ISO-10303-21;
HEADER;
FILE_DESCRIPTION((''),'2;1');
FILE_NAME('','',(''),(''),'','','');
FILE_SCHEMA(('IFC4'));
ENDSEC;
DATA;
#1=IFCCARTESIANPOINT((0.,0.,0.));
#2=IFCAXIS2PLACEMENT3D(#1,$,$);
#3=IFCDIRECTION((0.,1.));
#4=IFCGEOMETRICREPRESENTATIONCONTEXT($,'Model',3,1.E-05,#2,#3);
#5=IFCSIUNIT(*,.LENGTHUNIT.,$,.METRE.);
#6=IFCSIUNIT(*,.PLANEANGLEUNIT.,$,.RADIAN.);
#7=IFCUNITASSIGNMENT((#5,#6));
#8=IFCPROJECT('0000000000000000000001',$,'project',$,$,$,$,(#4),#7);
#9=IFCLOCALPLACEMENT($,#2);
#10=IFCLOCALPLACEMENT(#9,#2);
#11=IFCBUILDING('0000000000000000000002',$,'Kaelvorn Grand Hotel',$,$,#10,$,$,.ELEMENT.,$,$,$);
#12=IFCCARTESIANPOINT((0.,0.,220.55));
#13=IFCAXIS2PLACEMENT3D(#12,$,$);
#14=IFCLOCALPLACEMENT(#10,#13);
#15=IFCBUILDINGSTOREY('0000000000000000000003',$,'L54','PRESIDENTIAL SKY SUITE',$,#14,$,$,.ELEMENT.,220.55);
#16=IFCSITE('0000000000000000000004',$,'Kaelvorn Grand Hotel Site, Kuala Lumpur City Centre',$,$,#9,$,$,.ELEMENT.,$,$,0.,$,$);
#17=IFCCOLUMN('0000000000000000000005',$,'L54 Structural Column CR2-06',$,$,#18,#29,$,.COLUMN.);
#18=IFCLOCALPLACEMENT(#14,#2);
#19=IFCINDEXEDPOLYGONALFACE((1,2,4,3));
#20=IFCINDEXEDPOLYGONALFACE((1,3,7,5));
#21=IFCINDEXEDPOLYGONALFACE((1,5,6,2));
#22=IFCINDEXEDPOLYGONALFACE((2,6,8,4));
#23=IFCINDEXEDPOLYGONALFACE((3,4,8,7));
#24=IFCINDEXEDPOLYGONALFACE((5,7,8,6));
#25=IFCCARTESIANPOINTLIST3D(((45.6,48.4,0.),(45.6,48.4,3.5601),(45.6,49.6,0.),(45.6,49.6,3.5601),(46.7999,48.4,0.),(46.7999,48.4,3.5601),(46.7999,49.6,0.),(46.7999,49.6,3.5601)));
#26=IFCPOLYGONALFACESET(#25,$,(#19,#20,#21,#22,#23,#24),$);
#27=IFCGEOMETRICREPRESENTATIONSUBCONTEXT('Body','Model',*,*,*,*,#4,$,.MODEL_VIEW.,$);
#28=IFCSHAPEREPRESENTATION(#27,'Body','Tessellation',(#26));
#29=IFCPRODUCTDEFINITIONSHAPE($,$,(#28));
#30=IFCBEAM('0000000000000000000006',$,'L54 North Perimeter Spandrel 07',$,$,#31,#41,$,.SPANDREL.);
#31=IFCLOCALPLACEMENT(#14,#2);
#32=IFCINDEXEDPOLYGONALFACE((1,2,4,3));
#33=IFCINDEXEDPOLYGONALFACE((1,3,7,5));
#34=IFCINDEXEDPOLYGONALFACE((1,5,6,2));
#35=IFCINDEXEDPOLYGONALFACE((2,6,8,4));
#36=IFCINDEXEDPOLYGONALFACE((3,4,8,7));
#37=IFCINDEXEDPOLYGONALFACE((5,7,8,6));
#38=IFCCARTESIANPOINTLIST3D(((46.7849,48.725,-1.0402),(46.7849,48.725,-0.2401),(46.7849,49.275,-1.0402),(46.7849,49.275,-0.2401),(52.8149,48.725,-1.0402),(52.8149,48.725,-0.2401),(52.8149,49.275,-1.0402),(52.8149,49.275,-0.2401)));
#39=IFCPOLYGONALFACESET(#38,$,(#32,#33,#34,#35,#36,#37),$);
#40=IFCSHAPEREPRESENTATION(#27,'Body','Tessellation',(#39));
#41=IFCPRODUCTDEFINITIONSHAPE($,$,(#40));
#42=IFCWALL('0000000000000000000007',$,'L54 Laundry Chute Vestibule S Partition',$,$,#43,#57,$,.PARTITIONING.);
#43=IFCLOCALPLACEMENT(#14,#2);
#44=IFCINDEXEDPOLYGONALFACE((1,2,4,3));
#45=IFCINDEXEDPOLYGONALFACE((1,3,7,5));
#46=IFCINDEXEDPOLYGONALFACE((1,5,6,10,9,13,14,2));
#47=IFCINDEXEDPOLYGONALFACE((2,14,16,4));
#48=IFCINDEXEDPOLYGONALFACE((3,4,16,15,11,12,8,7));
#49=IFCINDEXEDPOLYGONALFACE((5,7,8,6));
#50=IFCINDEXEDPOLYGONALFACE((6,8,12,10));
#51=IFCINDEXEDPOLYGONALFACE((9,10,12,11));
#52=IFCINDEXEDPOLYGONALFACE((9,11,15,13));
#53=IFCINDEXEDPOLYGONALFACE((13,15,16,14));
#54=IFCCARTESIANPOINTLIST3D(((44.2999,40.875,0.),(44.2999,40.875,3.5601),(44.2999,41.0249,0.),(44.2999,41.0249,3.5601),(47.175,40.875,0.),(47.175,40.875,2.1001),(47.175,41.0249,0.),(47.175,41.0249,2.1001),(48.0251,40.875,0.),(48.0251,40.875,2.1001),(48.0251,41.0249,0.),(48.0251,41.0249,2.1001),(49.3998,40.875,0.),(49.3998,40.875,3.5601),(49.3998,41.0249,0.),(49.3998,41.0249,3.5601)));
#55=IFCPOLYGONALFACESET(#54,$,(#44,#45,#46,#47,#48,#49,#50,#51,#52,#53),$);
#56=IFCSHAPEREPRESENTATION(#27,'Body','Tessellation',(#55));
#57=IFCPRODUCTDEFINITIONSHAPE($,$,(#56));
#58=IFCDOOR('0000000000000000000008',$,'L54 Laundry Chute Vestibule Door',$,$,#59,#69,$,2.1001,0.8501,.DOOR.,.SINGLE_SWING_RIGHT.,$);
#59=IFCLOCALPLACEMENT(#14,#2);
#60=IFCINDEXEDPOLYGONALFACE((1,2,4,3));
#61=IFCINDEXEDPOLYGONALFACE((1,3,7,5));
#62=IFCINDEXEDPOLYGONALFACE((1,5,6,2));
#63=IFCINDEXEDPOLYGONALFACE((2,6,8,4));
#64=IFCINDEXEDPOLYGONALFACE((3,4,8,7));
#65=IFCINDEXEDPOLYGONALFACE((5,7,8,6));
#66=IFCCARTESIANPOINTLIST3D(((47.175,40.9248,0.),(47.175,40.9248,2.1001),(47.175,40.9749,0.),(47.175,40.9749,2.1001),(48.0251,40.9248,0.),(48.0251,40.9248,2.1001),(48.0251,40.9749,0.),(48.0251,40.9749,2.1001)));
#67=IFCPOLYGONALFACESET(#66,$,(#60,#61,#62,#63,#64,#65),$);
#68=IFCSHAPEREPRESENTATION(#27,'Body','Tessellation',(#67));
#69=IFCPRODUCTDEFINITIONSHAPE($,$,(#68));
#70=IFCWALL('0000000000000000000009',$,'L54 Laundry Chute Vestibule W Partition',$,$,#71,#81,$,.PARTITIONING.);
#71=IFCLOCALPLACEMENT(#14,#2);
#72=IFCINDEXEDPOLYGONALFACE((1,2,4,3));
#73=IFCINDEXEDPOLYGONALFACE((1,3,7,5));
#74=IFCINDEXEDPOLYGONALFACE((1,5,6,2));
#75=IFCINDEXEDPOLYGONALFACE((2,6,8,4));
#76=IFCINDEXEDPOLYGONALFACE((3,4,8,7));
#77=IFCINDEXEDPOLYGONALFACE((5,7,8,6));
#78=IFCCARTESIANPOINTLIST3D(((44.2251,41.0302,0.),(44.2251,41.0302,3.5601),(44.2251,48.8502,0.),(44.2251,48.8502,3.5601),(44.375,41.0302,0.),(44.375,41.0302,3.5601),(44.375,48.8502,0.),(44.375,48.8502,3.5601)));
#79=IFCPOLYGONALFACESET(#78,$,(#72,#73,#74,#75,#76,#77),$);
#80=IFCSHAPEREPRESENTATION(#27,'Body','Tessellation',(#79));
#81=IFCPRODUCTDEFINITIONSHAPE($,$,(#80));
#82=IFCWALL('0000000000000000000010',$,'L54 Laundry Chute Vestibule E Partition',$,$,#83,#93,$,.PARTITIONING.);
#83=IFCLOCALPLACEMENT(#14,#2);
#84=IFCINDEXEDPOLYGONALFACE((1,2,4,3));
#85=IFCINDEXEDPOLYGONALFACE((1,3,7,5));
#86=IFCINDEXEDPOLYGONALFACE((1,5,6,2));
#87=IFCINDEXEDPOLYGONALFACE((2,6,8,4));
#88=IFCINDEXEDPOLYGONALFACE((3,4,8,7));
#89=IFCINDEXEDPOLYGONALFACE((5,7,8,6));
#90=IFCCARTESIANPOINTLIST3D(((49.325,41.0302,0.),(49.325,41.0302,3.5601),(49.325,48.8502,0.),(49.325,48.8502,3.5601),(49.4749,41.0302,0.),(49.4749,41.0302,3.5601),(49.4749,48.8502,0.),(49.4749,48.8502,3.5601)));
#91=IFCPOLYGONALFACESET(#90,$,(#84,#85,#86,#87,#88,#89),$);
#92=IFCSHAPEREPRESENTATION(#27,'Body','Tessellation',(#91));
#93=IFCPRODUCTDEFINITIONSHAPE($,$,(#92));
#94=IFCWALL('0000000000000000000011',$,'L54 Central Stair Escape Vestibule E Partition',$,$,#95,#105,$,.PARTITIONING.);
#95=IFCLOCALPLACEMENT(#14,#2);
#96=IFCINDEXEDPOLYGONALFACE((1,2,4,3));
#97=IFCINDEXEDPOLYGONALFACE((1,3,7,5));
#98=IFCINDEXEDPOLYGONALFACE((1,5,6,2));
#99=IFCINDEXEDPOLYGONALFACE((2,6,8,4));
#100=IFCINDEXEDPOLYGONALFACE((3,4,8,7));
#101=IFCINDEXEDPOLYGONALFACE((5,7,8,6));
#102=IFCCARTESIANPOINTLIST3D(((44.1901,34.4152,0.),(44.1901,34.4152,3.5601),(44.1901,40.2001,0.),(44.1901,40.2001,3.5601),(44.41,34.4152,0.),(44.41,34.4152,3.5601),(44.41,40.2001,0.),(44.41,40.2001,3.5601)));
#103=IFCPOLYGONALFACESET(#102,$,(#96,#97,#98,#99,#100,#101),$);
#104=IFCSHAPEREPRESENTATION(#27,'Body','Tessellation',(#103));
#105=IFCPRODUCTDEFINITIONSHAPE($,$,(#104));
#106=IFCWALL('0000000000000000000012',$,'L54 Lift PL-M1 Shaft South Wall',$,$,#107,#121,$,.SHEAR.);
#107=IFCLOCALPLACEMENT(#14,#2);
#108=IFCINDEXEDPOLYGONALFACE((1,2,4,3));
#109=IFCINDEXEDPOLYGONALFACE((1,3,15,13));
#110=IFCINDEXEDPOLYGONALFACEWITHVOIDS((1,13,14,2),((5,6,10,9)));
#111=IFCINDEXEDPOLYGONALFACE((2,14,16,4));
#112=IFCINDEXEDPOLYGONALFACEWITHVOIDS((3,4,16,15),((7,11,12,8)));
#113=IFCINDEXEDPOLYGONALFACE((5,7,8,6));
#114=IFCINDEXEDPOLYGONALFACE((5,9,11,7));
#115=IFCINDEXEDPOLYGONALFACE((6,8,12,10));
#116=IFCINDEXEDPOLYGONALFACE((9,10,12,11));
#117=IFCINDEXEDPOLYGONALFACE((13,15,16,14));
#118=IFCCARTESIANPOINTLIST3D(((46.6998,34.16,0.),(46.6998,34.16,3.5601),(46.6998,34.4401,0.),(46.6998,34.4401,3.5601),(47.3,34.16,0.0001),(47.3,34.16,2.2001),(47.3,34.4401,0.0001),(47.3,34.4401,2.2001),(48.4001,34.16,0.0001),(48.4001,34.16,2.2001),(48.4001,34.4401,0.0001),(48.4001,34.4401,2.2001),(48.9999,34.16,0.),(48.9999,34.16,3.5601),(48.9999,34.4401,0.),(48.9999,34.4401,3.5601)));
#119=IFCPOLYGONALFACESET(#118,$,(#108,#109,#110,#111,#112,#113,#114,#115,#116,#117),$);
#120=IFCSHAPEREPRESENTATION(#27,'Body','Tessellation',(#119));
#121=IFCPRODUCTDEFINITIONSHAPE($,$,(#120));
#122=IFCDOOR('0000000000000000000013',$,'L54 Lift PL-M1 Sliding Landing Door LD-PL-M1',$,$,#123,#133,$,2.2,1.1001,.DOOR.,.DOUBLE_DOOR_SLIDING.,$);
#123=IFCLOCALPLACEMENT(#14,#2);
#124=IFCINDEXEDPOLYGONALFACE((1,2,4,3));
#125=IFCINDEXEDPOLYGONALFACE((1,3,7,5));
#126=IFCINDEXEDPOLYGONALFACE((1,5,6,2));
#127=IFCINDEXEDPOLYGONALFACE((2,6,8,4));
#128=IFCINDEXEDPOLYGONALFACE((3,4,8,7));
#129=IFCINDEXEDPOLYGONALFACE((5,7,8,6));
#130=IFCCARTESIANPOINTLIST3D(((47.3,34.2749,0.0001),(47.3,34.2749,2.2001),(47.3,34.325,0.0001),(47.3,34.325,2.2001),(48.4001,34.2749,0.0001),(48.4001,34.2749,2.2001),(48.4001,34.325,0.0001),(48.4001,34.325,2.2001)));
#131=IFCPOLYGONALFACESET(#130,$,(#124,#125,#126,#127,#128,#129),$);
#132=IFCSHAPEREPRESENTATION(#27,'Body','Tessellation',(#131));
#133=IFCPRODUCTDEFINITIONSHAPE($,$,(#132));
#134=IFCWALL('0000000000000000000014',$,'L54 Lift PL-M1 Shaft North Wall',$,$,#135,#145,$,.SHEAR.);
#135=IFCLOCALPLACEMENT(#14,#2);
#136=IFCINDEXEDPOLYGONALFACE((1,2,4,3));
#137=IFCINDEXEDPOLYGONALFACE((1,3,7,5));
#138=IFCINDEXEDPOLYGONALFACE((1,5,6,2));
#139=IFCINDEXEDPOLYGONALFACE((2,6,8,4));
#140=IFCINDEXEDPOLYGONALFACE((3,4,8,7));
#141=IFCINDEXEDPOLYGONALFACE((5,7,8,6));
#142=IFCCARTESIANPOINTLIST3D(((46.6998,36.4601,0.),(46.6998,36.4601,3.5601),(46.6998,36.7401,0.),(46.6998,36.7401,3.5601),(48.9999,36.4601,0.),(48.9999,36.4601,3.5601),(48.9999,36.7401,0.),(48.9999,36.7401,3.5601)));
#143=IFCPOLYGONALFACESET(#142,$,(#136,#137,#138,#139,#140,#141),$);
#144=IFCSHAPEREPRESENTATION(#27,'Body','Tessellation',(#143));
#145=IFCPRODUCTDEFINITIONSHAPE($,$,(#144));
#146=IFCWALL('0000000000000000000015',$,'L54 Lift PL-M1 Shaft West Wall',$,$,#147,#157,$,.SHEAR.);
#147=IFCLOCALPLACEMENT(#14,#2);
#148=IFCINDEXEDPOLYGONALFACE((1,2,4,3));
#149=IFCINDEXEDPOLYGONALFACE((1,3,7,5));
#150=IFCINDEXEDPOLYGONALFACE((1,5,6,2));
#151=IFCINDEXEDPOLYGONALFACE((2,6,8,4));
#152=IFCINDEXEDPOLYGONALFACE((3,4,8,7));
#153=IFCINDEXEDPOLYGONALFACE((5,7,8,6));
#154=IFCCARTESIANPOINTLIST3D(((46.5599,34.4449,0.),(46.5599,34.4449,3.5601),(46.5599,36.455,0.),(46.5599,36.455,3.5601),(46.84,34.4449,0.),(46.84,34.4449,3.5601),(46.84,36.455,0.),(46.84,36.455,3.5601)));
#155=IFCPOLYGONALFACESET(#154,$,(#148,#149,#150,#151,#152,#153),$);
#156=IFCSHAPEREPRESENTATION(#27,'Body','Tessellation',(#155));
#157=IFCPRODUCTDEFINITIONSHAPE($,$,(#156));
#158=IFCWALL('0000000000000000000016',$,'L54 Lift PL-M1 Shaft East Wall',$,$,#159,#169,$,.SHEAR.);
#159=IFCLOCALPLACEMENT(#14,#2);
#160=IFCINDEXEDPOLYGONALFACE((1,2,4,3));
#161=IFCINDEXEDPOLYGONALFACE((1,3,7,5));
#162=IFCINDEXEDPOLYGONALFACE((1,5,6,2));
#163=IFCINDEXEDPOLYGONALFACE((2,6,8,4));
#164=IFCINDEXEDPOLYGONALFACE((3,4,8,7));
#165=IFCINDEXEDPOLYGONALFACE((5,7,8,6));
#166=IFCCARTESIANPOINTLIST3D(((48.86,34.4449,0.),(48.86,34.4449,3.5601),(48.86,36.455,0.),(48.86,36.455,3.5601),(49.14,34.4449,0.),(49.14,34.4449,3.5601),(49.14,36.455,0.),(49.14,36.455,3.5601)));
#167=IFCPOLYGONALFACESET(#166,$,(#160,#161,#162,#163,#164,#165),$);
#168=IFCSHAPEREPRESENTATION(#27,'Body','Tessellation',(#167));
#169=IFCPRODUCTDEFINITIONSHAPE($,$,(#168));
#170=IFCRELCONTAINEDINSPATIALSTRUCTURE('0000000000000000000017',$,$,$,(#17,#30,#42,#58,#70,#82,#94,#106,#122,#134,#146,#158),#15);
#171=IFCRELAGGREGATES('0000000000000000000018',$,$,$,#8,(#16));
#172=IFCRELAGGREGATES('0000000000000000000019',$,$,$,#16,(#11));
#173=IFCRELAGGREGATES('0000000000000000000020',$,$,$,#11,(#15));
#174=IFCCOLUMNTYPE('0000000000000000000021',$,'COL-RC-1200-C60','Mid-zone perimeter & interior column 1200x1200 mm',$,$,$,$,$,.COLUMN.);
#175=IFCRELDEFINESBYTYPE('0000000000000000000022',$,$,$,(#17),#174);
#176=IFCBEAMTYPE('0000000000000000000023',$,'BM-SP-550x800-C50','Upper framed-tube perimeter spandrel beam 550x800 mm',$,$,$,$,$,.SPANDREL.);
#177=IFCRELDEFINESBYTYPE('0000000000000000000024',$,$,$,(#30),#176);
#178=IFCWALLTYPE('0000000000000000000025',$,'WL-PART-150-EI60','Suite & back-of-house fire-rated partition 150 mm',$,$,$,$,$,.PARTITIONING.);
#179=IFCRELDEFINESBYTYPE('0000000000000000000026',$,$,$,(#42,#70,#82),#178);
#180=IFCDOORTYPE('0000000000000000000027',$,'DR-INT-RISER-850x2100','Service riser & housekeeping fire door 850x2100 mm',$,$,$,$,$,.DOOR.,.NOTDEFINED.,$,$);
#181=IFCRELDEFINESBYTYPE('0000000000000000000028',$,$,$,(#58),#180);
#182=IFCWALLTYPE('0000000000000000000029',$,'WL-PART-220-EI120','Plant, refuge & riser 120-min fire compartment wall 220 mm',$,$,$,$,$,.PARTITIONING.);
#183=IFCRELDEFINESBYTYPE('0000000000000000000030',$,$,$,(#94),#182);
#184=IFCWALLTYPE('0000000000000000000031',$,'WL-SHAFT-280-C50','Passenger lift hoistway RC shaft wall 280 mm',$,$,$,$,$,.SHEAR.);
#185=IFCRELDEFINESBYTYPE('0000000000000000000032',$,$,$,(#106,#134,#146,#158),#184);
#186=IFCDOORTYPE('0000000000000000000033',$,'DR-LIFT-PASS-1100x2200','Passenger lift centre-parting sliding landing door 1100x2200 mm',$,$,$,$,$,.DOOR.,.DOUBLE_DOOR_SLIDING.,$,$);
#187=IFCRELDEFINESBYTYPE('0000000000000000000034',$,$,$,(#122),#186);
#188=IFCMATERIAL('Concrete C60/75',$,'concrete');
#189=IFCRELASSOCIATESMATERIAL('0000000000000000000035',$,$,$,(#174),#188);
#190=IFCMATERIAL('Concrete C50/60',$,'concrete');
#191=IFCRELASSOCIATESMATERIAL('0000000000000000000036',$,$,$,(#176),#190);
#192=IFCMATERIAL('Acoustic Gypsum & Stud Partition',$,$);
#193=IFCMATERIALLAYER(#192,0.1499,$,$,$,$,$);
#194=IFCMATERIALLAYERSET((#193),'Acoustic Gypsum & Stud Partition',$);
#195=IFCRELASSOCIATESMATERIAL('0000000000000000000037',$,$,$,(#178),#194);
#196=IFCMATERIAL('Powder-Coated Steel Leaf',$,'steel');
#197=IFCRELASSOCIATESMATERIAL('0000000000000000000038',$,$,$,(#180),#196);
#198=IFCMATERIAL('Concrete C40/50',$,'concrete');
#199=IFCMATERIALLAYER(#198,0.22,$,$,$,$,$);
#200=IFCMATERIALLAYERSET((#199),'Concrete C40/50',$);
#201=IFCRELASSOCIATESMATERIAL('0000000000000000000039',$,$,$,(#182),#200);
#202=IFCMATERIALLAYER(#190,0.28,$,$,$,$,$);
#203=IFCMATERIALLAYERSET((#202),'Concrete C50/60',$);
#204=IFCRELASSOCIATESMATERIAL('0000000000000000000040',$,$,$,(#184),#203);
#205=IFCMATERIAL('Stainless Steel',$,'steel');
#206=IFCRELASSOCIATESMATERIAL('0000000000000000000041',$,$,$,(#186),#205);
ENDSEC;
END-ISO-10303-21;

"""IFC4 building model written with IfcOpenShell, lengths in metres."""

from ifc_helpers import new_model, si_unit, direction, frame, frame_2d, origin, origin_2d, place, context, subcontext, project, spatial, rectangle, extrude, material, layer, layer_set, material_profile, profile_set, type_object, element, fill, save


model = new_model("IFC4")

# Units and contexts
model_context = context("Model", 3, precision=1e-05, world=origin(), true_north=direction((0.0, 1.0)))
body_context = subcontext(model_context, "Body", "Model", "MODEL_VIEW")
ifc_project = project(units=[si_unit("LENGTHUNIT", "METRE"), si_unit("PLANEANGLEUNIT", "RADIAN")], contexts=[model_context])

# Site, building, storey
site_placement = place(None, origin())
site = spatial("IfcSite", under=ifc_project, at=site_placement, Name="Kaelvorn Grand Hotel Site, Kuala Lumpur City Centre", CompositionType="ELEMENT", RefElevation=0.0)
building_placement = place(site_placement, origin())
building = spatial("IfcBuilding", under=site, at=building_placement, Name="Kaelvorn Grand Hotel", CompositionType="ELEMENT")
storey_placement = place(building_placement, frame((0.0, 0.0, 220.55)))
storey = spatial("IfcBuildingStorey", under=building, at=storey_placement, Name="L54", Description="PRESIDENTIAL SKY SUITE", CompositionType="ELEMENT", Elevation=220.55)

# Column
ifc_material_1 = material(Name="Concrete C60/75", Category="concrete")
ifc_material_profile_1 = material_profile(ifc_material_1, rectangle(XDim=1.2, YDim=1.2, at=origin_2d()), Name="RC COL 1200x1200")
ifc_profile_set_1 = profile_set([ifc_material_profile_1], Name="Concrete C60/75")
column_type = type_object("IfcColumnType", Name="COL-RC-1200-C60", Description="Mid-zone perimeter & interior column 1200x1200 mm", PredefinedType="COLUMN", material=ifc_profile_set_1)
column_placement = place(storey_placement, frame((46.2, 49.0, 0.0), z_axis=(0.0, 0.0, 1.0), x_axis=(1.0, 0.0, 0.0)))
element("IfcColumn", 1, at=column_placement, inside=storey, type_object=column_type, Name="L54 Structural Column CR2-06", PredefinedType="COLUMN", context=body_context, shape_type="SweptSolid", body=[
    extrude(rectangle(XDim=1.2, YDim=1.2, at=origin_2d()), origin(), (0.0, 0.0, 1.0), 3.5601),
])

# Beam
ifc_material_2 = material(Name="Concrete C50/60", Category="concrete")
ifc_material_profile_2 = material_profile(ifc_material_2, rectangle(XDim=0.55, YDim=0.8, at=origin_2d()), Name="RC SPANDREL 550x800")
ifc_profile_set_2 = profile_set([ifc_material_profile_2], Name="Concrete C50/60")
beam_type = type_object("IfcBeamType", Name="BM-SP-550x800-C50", Description="Upper framed-tube perimeter spandrel beam 550x800 mm", PredefinedType="SPANDREL", material=ifc_profile_set_2)
beam_placement = place(storey_placement, frame((46.7849, 49.0, -0.6401), z_axis=(1.0, 0.0, 0.0), x_axis=(0.0, 1.0, 0.0)))
element("IfcBeam", 2, at=beam_placement, inside=storey, type_object=beam_type, Name="L54 North Perimeter Spandrel 07", PredefinedType="SPANDREL", context=body_context, shape_type="SweptSolid", body=[
    extrude(rectangle(XDim=0.55, YDim=0.8, at=origin_2d()), origin(), (0.0, 0.0, 1.0), 6.03),
])

# Wall, opening, door
ifc_material_3 = material(Name="Acoustic Gypsum & Stud Partition")
ifc_layer_1 = layer(ifc_material_3, 0.1499)
ifc_layer_set_1 = layer_set([ifc_layer_1], Name="Acoustic Gypsum & Stud Partition")
wall_type_1 = type_object("IfcWallType", Name="WL-PART-150-EI60", Description="Suite & back-of-house fire-rated partition 150 mm", PredefinedType="PARTITIONING", material=ifc_layer_set_1)
wall_1_placement = place(storey_placement, frame((44.3, 40.95, 0.0), z_axis=(0.0, 0.0, 1.0), x_axis=(1.0, 0.0, 0.0)))
wall_1 = element("IfcWall", 3, at=wall_1_placement, inside=storey, type_object=wall_type_1, Name="L54 Laundry Chute Vestibule S Partition", PredefinedType="PARTITIONING", context=body_context, shape_type="SweptSolid", body=[
    extrude(rectangle(XDim=5.0999, YDim=0.1499, at=frame_2d((2.5498, 0.0))), origin(), (0.0, 0.0, 1.0), 3.5601),
])
opening_1_placement = place(wall_1_placement, frame((2.875, 0.0, 0.0)))
opening_1 = element("IfcOpeningElement", 4, at=opening_1_placement, cuts=wall_1, PredefinedType="OPENING", context=body_context, shape_type="SweptSolid", body=[
    extrude(rectangle(XDim=0.8501, YDim=2.1001, at=frame_2d((0.425, 1.05))), frame((0.0, 0.085, 0.0), z_axis=(0.0, -1.0, 0.0), x_axis=(1.0, 0.0, 0.0)), (0.0, 0.0, 1.0), 0.1699),
])
ifc_material_4 = material(Name="Powder-Coated Steel Leaf", Category="steel")
door_type_1 = type_object("IfcDoorType", Name="DR-INT-RISER-850x2100", Description="Service riser & housekeeping fire door 850x2100 mm", OperationType="NOTDEFINED", PredefinedType="DOOR", material=ifc_material_4)
door_1_placement = place(opening_1_placement, origin())
door_1 = element("IfcDoor", 5, at=door_1_placement, inside=storey, type_object=door_type_1, Name="L54 Laundry Chute Vestibule Door", OperationType="SINGLE_SWING_RIGHT", OverallHeight=2.1001, OverallWidth=0.8501, PredefinedType="DOOR", context=body_context, shape_type="SweptSolid", body=[
    extrude(rectangle(XDim=0.8501, YDim=2.1001, at=frame_2d((0.425, 1.05))), frame((0.0, 0.0249, 0.0), z_axis=(0.0, -1.0, 0.0), x_axis=(1.0, 0.0, 0.0)), (0.0, 0.0, 1.0), 0.05),
])
fill(opening_1, door_1)

# Walls
for number, where, z_axis, x_axis, name in (
    (6, (44.3, 41.03, 0.0), (0.0, 0.0, 1.0), (0.0, 1.0, 0.0), "L54 Laundry Chute Vestibule W Partition"),
    (7, (49.3999, 41.03, 0.0), (0.0, 0.0, 1.0), (0.0, 1.0, 0.0), "L54 Laundry Chute Vestibule E Partition"),
):
    element("IfcWall", number, at=place(storey_placement, frame(where, z_axis=z_axis, x_axis=x_axis)), inside=storey, type_object=wall_type_1, Name=name, PredefinedType="PARTITIONING", context=body_context, shape_type="SweptSolid", body=[
        extrude(rectangle(XDim=7.8201, YDim=0.1499, at=frame_2d((3.9102, 0.0))), origin(), (0.0, 0.0, 1.0), 3.5601),
    ])
ifc_material_5 = material(Name="Concrete C40/50", Category="concrete")
ifc_layer_2 = layer(ifc_material_5, 0.22)
ifc_layer_set_2 = layer_set([ifc_layer_2], Name="Concrete C40/50")
wall_type_2 = type_object("IfcWallType", Name="WL-PART-220-EI120", Description="Plant, refuge & riser 120-min fire compartment wall 220 mm", PredefinedType="PARTITIONING", material=ifc_layer_set_2)
wall_2_placement = place(storey_placement, frame((44.3, 34.415, 0.0), z_axis=(0.0, 0.0, 1.0), x_axis=(0.0, 1.0, 0.0)))
element("IfcWall", 8, at=wall_2_placement, inside=storey, type_object=wall_type_2, Name="L54 Central Stair Escape Vestibule E Partition", PredefinedType="PARTITIONING", context=body_context, shape_type="SweptSolid", body=[
    extrude(rectangle(XDim=5.7849, YDim=0.22, at=frame_2d((2.8926, 0.0))), origin(), (0.0, 0.0, 1.0), 3.5601),
])

# Wall, opening, door
ifc_layer_3 = layer(ifc_material_2, 0.28)
ifc_layer_set_3 = layer_set([ifc_layer_3], Name="Concrete C50/60")
wall_type_3 = type_object("IfcWallType", Name="WL-SHAFT-280-C50", Description="Passenger lift hoistway RC shaft wall 280 mm", PredefinedType="SHEAR", material=ifc_layer_set_3)
wall_3_placement = place(storey_placement, frame((46.7, 34.3, 0.0), z_axis=(0.0, 0.0, 1.0), x_axis=(1.0, 0.0, 0.0)))
wall_3 = element("IfcWall", 9, at=wall_3_placement, inside=storey, type_object=wall_type_3, Name="L54 Lift PL-M1 Shaft South Wall", PredefinedType="SHEAR", context=body_context, shape_type="SweptSolid", body=[
    extrude(rectangle(XDim=2.3, YDim=0.28, at=frame_2d((1.1499, 0.0))), origin(), (0.0, 0.0, 1.0), 3.5601),
])
opening_2_placement = place(wall_3_placement, frame((0.6001, 0.0, 0.0)))
opening_2 = element("IfcOpeningElement", 10, at=opening_2_placement, cuts=wall_3, PredefinedType="OPENING", context=body_context, shape_type="SweptSolid", body=[
    extrude(rectangle(XDim=1.1001, YDim=2.2, at=frame_2d((0.55, 1.1001))), frame((0.0, 0.1499, 0.0), z_axis=(0.0, -1.0, 0.0), x_axis=(1.0, 0.0, 0.0)), (0.0, 0.0, 1.0), 0.3),
])
ifc_material_6 = material(Name="Stainless Steel", Category="steel")
door_type_2 = type_object("IfcDoorType", Name="DR-LIFT-PASS-1100x2200", Description="Passenger lift centre-parting sliding landing door 1100x2200 mm", OperationType="DOUBLE_DOOR_SLIDING", PredefinedType="DOOR", material=ifc_material_6)
door_2_placement = place(opening_2_placement, origin())
door_2 = element("IfcDoor", 11, at=door_2_placement, inside=storey, type_object=door_type_2, Name="L54 Lift PL-M1 Sliding Landing Door LD-PL-M1", OperationType="DOUBLE_DOOR_SLIDING", OverallHeight=2.2, OverallWidth=1.1001, PredefinedType="DOOR", context=body_context, shape_type="SweptSolid", body=[
    extrude(rectangle(XDim=1.1001, YDim=2.2, at=frame_2d((0.55, 1.1001))), frame((0.0, 0.0249, 0.0), z_axis=(0.0, -1.0, 0.0), x_axis=(1.0, 0.0, 0.0)), (0.0, 0.0, 1.0), 0.05),
])
fill(opening_2, door_2)

# Walls
wall_4_placement = place(storey_placement, frame((46.7, 36.6001, 0.0), z_axis=(0.0, 0.0, 1.0), x_axis=(1.0, 0.0, 0.0)))
element("IfcWall", 12, at=wall_4_placement, inside=storey, type_object=wall_type_3, Name="L54 Lift PL-M1 Shaft North Wall", PredefinedType="SHEAR", context=body_context, shape_type="SweptSolid", body=[
    extrude(rectangle(XDim=2.3, YDim=0.28, at=frame_2d((1.1499, 0.0))), origin(), (0.0, 0.0, 1.0), 3.5601),
])
for number, where, z_axis, x_axis, name in (
    (13, (46.7, 34.4451, 0.0), (0.0, 0.0, 1.0), (0.0, 1.0, 0.0), "L54 Lift PL-M1 Shaft West Wall"),
    (14, (49.0, 34.4451, 0.0), (0.0, 0.0, 1.0), (0.0, 1.0, 0.0), "L54 Lift PL-M1 Shaft East Wall"),
):
    element("IfcWall", number, at=place(storey_placement, frame(where, z_axis=z_axis, x_axis=x_axis)), inside=storey, type_object=wall_type_3, Name=name, PredefinedType="SHEAR", context=body_context, shape_type="SweptSolid", body=[
        extrude(rectangle(XDim=2.01, YDim=0.28, at=frame_2d((1.0049, 0.0))), origin(), (0.0, 0.0, 1.0), 3.5601),
    ])

save(model, "model.ifc")
